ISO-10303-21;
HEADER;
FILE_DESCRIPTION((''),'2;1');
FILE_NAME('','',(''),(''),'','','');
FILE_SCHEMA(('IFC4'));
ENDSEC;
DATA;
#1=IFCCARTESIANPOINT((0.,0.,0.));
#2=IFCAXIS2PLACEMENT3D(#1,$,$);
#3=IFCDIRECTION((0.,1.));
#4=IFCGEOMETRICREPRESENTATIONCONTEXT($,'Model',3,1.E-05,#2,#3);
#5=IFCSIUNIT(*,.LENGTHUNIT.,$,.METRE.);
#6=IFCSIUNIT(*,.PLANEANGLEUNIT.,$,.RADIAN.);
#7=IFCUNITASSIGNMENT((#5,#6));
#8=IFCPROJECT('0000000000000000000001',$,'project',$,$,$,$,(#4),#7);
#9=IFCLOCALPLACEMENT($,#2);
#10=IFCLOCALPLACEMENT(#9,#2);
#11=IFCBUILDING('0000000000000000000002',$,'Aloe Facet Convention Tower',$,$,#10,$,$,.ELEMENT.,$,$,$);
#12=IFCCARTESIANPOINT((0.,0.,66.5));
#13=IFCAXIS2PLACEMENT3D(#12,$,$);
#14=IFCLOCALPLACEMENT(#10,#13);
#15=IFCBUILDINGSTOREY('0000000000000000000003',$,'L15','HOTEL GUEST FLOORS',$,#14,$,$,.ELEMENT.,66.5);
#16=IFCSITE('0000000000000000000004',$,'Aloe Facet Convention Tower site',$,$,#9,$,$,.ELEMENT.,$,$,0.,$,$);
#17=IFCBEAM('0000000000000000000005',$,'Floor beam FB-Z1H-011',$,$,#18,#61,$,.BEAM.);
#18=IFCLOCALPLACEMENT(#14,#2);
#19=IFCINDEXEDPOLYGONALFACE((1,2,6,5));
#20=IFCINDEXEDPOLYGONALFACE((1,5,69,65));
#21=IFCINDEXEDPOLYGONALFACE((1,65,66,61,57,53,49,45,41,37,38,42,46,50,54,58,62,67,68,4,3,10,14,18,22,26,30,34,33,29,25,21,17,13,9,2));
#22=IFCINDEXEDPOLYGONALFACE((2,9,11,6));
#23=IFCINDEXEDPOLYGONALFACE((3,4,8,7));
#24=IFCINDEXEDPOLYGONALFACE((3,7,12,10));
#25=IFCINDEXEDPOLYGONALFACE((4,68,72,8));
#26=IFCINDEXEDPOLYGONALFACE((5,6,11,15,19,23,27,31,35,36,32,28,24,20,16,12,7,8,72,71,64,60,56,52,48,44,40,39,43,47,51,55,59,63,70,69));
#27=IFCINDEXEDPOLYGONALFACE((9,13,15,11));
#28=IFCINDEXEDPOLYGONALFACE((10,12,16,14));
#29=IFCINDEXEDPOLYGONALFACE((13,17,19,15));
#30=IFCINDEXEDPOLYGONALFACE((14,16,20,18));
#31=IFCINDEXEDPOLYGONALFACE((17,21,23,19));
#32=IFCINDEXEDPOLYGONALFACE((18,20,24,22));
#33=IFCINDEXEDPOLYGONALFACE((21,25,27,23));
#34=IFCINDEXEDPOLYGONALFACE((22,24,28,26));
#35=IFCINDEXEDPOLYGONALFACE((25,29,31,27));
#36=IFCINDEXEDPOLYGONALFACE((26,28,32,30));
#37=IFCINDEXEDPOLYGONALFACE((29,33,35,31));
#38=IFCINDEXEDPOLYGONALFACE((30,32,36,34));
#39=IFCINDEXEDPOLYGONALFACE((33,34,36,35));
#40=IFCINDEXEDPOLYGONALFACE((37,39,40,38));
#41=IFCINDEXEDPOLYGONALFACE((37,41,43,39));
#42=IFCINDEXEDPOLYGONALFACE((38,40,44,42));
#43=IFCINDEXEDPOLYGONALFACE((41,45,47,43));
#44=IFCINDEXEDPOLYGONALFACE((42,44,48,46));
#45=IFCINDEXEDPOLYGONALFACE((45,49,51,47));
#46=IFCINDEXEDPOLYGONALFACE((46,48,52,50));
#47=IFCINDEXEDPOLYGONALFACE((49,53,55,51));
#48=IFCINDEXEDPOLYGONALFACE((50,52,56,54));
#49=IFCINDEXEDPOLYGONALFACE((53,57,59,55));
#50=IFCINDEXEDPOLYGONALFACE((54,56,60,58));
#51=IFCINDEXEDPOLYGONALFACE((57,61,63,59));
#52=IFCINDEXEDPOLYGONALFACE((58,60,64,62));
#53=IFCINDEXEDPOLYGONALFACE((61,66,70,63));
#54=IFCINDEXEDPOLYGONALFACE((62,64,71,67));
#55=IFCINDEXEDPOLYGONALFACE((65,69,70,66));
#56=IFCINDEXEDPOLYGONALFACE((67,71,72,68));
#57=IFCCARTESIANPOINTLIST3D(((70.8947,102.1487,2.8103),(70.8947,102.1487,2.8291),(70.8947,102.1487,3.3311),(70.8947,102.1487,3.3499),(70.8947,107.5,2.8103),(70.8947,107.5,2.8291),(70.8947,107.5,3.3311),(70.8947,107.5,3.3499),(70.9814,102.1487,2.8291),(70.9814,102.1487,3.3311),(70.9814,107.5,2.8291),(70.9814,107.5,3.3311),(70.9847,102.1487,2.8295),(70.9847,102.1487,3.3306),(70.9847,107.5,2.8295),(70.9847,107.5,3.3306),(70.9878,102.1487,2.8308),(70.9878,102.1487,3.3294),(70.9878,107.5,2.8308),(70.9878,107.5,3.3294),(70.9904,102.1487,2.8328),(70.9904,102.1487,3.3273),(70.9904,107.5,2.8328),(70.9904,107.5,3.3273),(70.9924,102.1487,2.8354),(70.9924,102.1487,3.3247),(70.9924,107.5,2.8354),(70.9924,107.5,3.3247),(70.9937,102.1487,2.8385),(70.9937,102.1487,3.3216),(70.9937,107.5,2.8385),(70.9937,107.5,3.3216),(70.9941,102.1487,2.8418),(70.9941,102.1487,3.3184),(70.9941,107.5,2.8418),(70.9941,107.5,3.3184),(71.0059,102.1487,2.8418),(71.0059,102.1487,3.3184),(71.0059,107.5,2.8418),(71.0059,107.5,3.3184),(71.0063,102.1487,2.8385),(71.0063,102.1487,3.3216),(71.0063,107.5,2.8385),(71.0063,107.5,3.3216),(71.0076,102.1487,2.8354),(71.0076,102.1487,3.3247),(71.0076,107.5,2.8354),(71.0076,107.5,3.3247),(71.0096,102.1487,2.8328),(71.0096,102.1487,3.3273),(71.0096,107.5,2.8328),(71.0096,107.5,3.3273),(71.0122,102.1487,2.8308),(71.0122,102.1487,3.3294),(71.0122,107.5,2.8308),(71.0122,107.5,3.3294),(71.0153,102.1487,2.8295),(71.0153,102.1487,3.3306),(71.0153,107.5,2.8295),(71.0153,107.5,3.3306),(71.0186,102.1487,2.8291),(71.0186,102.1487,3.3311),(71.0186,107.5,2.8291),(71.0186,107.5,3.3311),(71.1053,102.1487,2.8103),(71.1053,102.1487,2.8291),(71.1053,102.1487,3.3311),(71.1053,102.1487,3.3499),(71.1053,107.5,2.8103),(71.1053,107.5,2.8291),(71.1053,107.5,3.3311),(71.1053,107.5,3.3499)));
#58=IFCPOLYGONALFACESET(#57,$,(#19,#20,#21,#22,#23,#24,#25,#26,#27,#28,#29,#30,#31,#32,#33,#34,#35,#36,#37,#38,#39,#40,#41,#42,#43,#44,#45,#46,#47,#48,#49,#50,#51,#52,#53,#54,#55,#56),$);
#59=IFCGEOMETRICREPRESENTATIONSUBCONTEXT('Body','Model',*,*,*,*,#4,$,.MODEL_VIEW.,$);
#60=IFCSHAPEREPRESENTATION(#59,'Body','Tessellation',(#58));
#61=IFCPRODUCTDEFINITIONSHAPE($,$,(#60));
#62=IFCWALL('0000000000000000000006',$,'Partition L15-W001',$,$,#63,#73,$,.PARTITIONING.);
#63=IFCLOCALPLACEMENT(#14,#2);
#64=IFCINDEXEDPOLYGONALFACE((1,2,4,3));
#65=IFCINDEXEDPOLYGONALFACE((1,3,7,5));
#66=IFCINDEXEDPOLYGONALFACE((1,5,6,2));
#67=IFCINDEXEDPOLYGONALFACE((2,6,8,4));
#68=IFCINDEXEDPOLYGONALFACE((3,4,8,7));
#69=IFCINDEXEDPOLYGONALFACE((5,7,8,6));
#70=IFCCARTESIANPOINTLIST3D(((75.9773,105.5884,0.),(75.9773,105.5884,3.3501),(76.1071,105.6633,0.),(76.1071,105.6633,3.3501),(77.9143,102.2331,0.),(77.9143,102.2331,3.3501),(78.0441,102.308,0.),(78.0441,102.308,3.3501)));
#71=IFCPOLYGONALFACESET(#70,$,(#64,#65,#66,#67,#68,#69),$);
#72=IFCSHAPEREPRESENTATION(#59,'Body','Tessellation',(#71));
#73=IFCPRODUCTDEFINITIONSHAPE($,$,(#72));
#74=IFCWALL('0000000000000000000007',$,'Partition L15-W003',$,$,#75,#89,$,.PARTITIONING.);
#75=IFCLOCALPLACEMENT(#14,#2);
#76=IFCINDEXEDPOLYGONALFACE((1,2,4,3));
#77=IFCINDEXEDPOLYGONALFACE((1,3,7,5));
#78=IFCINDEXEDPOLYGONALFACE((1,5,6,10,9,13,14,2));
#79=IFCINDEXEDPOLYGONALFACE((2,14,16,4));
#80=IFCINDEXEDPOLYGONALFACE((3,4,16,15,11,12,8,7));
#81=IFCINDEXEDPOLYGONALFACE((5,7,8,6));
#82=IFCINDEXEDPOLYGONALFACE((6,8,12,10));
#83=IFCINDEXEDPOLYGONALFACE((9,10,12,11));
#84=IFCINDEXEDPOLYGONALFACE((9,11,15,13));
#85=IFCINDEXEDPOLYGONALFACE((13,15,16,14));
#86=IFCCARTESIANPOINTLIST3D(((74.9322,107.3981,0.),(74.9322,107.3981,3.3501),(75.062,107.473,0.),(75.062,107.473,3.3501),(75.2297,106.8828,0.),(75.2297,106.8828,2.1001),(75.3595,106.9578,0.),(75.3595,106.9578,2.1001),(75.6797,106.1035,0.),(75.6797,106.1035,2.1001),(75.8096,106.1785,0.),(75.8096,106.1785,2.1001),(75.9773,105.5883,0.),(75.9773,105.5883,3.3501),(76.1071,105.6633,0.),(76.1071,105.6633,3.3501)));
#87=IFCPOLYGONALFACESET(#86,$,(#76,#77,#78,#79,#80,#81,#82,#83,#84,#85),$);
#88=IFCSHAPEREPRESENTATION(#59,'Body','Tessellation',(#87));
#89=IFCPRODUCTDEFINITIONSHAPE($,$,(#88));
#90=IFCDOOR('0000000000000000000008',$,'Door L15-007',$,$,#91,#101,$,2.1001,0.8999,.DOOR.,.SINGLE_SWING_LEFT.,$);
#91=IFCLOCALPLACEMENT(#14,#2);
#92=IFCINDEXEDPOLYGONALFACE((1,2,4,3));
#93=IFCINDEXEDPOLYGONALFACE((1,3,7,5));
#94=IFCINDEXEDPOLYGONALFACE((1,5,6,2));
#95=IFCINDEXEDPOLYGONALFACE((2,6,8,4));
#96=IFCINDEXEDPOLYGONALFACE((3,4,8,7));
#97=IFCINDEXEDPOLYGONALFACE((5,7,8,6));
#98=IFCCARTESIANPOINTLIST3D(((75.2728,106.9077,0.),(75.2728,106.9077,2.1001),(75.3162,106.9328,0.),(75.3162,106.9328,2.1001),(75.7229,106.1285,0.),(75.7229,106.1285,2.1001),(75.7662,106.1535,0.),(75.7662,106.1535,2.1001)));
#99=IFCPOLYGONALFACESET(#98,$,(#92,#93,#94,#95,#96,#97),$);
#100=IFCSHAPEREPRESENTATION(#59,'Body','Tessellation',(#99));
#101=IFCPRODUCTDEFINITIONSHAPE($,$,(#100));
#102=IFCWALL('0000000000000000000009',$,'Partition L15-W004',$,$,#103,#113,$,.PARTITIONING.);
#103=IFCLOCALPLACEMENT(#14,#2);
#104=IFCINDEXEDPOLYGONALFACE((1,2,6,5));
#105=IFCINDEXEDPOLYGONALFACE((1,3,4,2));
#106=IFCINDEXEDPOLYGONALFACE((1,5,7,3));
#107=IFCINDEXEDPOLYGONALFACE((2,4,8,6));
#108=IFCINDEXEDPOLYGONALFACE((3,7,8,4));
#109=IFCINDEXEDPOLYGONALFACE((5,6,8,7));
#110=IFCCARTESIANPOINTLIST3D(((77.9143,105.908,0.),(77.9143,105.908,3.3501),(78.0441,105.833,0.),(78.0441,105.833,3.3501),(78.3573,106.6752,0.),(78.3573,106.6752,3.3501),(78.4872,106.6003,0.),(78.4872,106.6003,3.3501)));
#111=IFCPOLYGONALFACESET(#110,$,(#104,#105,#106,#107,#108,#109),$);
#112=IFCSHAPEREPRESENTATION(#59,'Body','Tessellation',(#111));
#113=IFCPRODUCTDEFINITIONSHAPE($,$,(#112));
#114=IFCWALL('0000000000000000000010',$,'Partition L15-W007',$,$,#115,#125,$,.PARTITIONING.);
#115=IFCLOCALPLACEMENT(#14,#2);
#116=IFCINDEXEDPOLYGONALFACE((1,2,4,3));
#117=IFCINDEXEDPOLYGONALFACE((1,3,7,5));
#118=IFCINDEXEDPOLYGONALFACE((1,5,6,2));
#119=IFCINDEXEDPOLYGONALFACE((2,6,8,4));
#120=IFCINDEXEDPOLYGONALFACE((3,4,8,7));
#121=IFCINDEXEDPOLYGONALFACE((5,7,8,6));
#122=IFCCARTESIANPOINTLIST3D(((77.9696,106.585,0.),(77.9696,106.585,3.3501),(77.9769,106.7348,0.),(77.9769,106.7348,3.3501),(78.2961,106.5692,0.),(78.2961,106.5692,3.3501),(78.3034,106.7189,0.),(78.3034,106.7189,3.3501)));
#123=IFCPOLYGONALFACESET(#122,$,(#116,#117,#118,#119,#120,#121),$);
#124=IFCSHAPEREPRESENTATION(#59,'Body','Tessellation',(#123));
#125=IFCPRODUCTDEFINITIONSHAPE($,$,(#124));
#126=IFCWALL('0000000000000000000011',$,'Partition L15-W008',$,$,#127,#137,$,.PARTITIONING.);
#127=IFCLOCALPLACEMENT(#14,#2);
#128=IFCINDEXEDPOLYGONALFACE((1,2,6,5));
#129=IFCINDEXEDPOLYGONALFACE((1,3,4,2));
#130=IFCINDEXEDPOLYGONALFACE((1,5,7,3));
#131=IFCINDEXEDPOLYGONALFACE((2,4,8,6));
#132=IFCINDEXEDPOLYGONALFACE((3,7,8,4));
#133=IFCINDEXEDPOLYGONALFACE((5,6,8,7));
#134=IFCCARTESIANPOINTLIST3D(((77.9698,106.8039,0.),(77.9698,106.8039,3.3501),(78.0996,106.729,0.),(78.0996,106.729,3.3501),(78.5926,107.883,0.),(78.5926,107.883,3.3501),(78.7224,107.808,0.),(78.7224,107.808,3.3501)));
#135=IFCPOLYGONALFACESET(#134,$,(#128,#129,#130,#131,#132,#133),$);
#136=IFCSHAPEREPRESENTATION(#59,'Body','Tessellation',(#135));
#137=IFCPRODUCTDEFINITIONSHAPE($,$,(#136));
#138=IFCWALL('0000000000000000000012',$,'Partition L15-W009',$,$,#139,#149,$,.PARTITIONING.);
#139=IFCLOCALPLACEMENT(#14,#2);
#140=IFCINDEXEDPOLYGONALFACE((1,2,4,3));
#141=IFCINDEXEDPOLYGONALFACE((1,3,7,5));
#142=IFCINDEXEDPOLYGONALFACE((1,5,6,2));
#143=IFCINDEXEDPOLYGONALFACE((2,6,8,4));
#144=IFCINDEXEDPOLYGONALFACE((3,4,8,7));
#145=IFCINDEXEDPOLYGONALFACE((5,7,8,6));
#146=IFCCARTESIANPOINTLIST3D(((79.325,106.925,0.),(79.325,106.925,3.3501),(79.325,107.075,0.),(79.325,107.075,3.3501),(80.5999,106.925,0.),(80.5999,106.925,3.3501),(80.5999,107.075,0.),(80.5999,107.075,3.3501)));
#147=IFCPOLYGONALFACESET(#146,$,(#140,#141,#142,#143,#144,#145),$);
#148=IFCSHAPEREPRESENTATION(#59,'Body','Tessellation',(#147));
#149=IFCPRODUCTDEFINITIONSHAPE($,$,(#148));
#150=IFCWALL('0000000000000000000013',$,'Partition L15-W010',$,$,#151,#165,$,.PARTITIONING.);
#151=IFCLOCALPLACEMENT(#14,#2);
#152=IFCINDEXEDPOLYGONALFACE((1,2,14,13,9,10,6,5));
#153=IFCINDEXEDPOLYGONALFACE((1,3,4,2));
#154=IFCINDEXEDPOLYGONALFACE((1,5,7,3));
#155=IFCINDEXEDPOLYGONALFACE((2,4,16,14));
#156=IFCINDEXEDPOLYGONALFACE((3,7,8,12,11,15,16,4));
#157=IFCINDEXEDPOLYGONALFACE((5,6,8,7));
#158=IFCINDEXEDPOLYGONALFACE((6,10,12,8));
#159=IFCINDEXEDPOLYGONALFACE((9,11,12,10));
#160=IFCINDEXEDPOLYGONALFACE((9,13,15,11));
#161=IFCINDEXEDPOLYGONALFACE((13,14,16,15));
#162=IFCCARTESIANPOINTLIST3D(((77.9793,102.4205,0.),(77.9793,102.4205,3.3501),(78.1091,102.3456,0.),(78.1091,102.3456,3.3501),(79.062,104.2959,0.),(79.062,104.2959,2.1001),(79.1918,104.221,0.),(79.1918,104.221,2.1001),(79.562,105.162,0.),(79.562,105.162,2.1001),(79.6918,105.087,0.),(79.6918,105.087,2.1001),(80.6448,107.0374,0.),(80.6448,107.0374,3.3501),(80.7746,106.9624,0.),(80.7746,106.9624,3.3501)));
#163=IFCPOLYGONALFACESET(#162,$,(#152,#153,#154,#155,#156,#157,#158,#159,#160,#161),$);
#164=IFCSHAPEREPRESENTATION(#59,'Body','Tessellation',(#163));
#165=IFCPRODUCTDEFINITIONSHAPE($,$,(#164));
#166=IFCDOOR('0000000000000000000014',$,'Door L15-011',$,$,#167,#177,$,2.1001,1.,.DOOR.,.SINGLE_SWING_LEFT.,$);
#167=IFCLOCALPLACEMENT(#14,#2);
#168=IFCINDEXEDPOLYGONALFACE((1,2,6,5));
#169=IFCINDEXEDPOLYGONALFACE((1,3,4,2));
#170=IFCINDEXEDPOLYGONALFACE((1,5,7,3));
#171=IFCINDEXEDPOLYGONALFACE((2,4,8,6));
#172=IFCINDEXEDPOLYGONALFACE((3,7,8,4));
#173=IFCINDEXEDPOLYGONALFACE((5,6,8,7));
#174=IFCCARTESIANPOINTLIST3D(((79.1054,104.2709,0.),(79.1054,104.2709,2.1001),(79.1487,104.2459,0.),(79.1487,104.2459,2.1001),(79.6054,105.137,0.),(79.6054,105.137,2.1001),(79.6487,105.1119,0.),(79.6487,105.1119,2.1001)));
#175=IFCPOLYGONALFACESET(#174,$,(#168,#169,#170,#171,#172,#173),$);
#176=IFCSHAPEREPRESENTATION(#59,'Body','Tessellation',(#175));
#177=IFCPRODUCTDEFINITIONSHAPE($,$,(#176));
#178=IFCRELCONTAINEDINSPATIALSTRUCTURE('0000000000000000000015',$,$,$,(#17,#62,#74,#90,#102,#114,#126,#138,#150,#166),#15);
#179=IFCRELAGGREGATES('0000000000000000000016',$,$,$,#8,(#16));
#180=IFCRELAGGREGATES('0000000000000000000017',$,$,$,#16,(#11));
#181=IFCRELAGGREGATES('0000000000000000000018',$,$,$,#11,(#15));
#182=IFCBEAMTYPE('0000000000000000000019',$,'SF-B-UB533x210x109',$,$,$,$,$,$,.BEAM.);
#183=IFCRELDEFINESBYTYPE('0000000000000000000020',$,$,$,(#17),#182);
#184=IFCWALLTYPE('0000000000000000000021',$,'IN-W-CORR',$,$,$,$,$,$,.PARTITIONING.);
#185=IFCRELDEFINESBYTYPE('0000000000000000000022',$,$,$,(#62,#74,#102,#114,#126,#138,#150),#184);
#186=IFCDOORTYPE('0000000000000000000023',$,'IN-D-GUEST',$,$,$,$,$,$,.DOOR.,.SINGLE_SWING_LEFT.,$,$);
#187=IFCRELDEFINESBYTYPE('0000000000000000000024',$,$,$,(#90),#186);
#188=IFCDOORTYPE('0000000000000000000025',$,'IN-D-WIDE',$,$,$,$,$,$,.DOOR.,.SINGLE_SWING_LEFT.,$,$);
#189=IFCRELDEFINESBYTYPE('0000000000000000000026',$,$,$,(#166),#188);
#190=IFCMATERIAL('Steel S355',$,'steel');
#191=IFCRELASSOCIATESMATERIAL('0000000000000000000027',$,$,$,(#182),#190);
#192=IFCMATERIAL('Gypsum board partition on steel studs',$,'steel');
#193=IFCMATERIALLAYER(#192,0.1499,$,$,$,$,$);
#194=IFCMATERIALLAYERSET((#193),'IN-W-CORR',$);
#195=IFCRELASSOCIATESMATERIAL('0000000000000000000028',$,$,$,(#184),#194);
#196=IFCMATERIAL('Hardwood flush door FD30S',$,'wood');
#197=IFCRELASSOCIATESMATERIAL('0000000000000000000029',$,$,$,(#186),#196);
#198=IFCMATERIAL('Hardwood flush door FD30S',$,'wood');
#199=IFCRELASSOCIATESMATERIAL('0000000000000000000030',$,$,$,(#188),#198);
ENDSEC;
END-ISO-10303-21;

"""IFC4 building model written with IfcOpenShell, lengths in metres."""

from ifc_helpers import new_model, si_unit, direction, frame, frame_2d, origin, origin_2d, place, context, subcontext, project, spatial, rectangle, i_section, extrude, material, layer, layer_set, material_profile, profile_set, type_object, element, fill, save


model = new_model("IFC4")

# Units and contexts
model_context = context("Model", 3, precision=1e-05, world=origin(), true_north=direction((0.0, 1.0)))
body_context = subcontext(model_context, "Body", "Model", "MODEL_VIEW")
ifc_project = project(units=[si_unit("LENGTHUNIT", "METRE"), si_unit("PLANEANGLEUNIT", "RADIAN")], contexts=[model_context])

# Site, building, storey
site_placement = place(None, origin())
site = spatial("IfcSite", under=ifc_project, at=site_placement, Name="Aloe Facet Convention Tower site", CompositionType="ELEMENT", RefElevation=0.0)
building_placement = place(site_placement, origin())
building = spatial("IfcBuilding", under=site, at=building_placement, Name="Aloe Facet Convention Tower", CompositionType="ELEMENT")
storey_placement = place(building_placement, frame((0.0, 0.0, 66.5)))
storey = spatial("IfcBuildingStorey", under=building, at=storey_placement, Name="L15", Description="HOTEL GUEST FLOORS", CompositionType="ELEMENT", Elevation=66.5)

# Beam
ifc_material_1 = material(Name="Steel S355", Category="steel")
ifc_material_profile_1 = material_profile(ifc_material_1, i_section(OverallWidth=0.2107, OverallDepth=0.5396, WebThickness=0.0117, FlangeThickness=0.0188, FilletRadius=0.0127, at=origin_2d()), Name="UB 533x210x109")
ifc_profile_set_1 = profile_set([ifc_material_profile_1], Name="Steel S355")
beam_type_1 = type_object("IfcBeamType", Name="SF-B-UB533x210x109", PredefinedType="BEAM", material=ifc_profile_set_1)
beam_1_placement = place(storey_placement, frame((71.0, 107.5, 3.0801), z_axis=(0.0, -1.0, 0.0), x_axis=(1.0, 0.0, 0.0)))
element("IfcBeam", 1, at=beam_1_placement, inside=storey, type_object=beam_type_1, Name="Floor beam FB-Z1H-011", PredefinedType="BEAM", context=body_context, shape_type="SweptSolid", body=[
    extrude(i_section(OverallWidth=0.2107, OverallDepth=0.5396, WebThickness=0.0117, FlangeThickness=0.0188, FilletRadius=0.0127, at=origin_2d()), origin(), (0.0, 0.0, 1.0), 5.3513),
])

# Wall
ifc_material_2 = material(Name="Gypsum board partition on steel studs", Category="steel")
ifc_layer_1 = layer(ifc_material_2, 0.1499)
ifc_layer_set_1 = layer_set([ifc_layer_1], Name="IN-W-CORR")
wall_type_1 = type_object("IfcWallType", Name="IN-W-CORR", PredefinedType="PARTITIONING", material=ifc_layer_set_1)
wall_1_placement = place(storey_placement, frame((76.0422, 105.6257, 0.0), z_axis=(0.0, 0.0, 1.0), x_axis=(0.499975, -0.86604, 0.0)))
element("IfcWall", 2, at=wall_1_placement, inside=storey, type_object=wall_type_1, Name="Partition L15-W001", PredefinedType="PARTITIONING", context=body_context, shape_type="SweptSolid", body=[
    extrude(rectangle(XDim=3.8743, YDim=0.1499, at=frame_2d((1.937, 0.0))), origin(), (0.0, 0.0, 1.0), 3.3501),
])

# Wall, opening, door
wall_2_placement = place(storey_placement, frame((74.9971, 107.4355, 0.0), z_axis=(0.0, 0.0, 1.0), x_axis=(0.500097, -0.86597, 0.0)))
wall_2 = element("IfcWall", 3, at=wall_2_placement, inside=storey, type_object=wall_type_1, Name="Partition L15-W003", PredefinedType="PARTITIONING", context=body_context, shape_type="SweptSolid", body=[
    extrude(rectangle(XDim=2.0898, YDim=0.1499, at=frame_2d((1.0449, 0.0))), origin(), (0.0, 0.0, 1.0), 3.3501),
])
opening_1_placement = place(wall_2_placement, frame((0.595, 0.0, 0.0)))
opening_1 = element("IfcOpeningElement", 4, at=opening_1_placement, cuts=wall_2, PredefinedType="OPENING", context=body_context, shape_type="SweptSolid", body=[
    extrude(rectangle(XDim=0.8999, YDim=2.1001, at=frame_2d((0.45, 1.05))), frame((0.0, 0.085, 0.0), z_axis=(0.0, -1.0, 0.0), x_axis=(1.0, 0.0, 0.0)), (0.0, 0.0, 1.0), 0.1699),
])
ifc_material_3 = material(Name="Hardwood flush door FD30S", Category="wood")
door_type_1 = type_object("IfcDoorType", Name="IN-D-GUEST", OperationType="SINGLE_SWING_LEFT", PredefinedType="DOOR", material=ifc_material_3)
door_1_placement = place(opening_1_placement, origin())
door_1 = element("IfcDoor", 5, at=door_1_placement, inside=storey, type_object=door_type_1, Name="Door L15-007", OperationType="SINGLE_SWING_LEFT", OverallHeight=2.1001, OverallWidth=0.8999, PredefinedType="DOOR", context=body_context, shape_type="SweptSolid", body=[
    extrude(rectangle(XDim=0.8999, YDim=2.1001, at=frame_2d((0.45, 1.05))), frame((0.0, 0.0249, 0.0), z_axis=(0.0, -1.0, 0.0), x_axis=(1.0, 0.0, 0.0)), (0.0, 0.0, 1.0), 0.05),
])
fill(opening_1, door_1)

# Walls
wall_3_placement = place(storey_placement, frame((77.9792, 105.8706, 0.0), z_axis=(0.0, 0.0, 1.0), x_axis=(0.50008, 0.865979, 0.0)))
element("IfcWall", 6, at=wall_3_placement, inside=storey, type_object=wall_type_1, Name="Partition L15-W004", PredefinedType="PARTITIONING", context=body_context, shape_type="SweptSolid", body=[
    extrude(rectangle(XDim=0.886, YDim=0.1499, at=frame_2d((0.4429, 0.0))), origin(), (0.0, 0.0, 1.0), 3.3501),
])
wall_4_placement = place(storey_placement, frame((77.9731, 106.6599, 0.0), z_axis=(0.0, 0.0, 1.0), x_axis=(0.99882, -0.048559, 0.0)))
element("IfcWall", 7, at=wall_4_placement, inside=storey, type_object=wall_type_1, Name="Partition L15-W007", PredefinedType="PARTITIONING", context=body_context, shape_type="SweptSolid", body=[
    extrude(rectangle(XDim=0.3269, YDim=0.1499, at=frame_2d((0.1636, 0.0))), origin(), (0.0, 0.0, 1.0), 3.3501),
])
wall_5_placement = place(storey_placement, frame((78.0347, 106.7664, 0.0), z_axis=(0.0, 0.0, 1.0), x_axis=(0.499869, 0.866101, 0.0)))
element("IfcWall", 8, at=wall_5_placement, inside=storey, type_object=wall_type_1, Name="Partition L15-W008", PredefinedType="PARTITIONING", context=body_context, shape_type="SweptSolid", body=[
    extrude(rectangle(XDim=1.2458, YDim=0.1499, at=frame_2d((0.623, 0.0))), origin(), (0.0, 0.0, 1.0), 3.3501),
])
wall_6_placement = place(storey_placement, frame((79.325, 107.0, 0.0), z_axis=(0.0, 0.0, 1.0), x_axis=(1.0, 0.0, 0.0)))
element("IfcWall", 9, at=wall_6_placement, inside=storey, type_object=wall_type_1, Name="Partition L15-W009", PredefinedType="PARTITIONING", context=body_context, shape_type="SweptSolid", body=[
    extrude(rectangle(XDim=1.2749, YDim=0.1499, at=frame_2d((0.6375, 0.0))), origin(), (0.0, 0.0, 1.0), 3.3501),
])

# Wall, opening, door
wall_7_placement = place(storey_placement, frame((78.0442, 102.3831, 0.0), z_axis=(0.0, 0.0, 1.0), x_axis=(0.499991, 0.866031, 0.0)))
wall_7 = element("IfcWall", 10, at=wall_7_placement, inside=storey, type_object=wall_type_1, Name="Partition L15-W010", PredefinedType="PARTITIONING", context=body_context, shape_type="SweptSolid", body=[
    extrude(rectangle(XDim=5.3311, YDim=0.1499, at=frame_2d((2.6655, 0.0))), origin(), (0.0, 0.0, 1.0), 3.3501),
])
opening_2_placement = place(wall_7_placement, frame((2.1655, 0.0, 0.0)))
opening_2 = element("IfcOpeningElement", 11, at=opening_2_placement, cuts=wall_7, PredefinedType="OPENING", context=body_context, shape_type="SweptSolid", body=[
    extrude(rectangle(XDim=1.0, YDim=2.1001, at=frame_2d((0.5, 1.05))), frame((0.0, 0.085, 0.0), z_axis=(0.0, -1.0, 0.0), x_axis=(1.0, 0.0, 0.0)), (0.0, 0.0, 1.0), 0.1699),
])
ifc_material_4 = material(Name="Hardwood flush door FD30S", Category="wood")
door_type_2 = type_object("IfcDoorType", Name="IN-D-WIDE", OperationType="SINGLE_SWING_LEFT", PredefinedType="DOOR", material=ifc_material_4)
door_2_placement = place(opening_2_placement, origin())
door_2 = element("IfcDoor", 12, at=door_2_placement, inside=storey, type_object=door_type_2, Name="Door L15-011", OperationType="SINGLE_SWING_LEFT", OverallHeight=2.1001, OverallWidth=1.0, PredefinedType="DOOR", context=body_context, shape_type="SweptSolid", body=[
    extrude(rectangle(XDim=1.0, YDim=2.1001, at=frame_2d((0.5, 1.05))), frame((0.0, 0.0249, 0.0), z_axis=(0.0, -1.0, 0.0), x_axis=(1.0, 0.0, 0.0)), (0.0, 0.0, 1.0), 0.05),
])
fill(opening_2, door_2)

save(model, "model.ifc")
